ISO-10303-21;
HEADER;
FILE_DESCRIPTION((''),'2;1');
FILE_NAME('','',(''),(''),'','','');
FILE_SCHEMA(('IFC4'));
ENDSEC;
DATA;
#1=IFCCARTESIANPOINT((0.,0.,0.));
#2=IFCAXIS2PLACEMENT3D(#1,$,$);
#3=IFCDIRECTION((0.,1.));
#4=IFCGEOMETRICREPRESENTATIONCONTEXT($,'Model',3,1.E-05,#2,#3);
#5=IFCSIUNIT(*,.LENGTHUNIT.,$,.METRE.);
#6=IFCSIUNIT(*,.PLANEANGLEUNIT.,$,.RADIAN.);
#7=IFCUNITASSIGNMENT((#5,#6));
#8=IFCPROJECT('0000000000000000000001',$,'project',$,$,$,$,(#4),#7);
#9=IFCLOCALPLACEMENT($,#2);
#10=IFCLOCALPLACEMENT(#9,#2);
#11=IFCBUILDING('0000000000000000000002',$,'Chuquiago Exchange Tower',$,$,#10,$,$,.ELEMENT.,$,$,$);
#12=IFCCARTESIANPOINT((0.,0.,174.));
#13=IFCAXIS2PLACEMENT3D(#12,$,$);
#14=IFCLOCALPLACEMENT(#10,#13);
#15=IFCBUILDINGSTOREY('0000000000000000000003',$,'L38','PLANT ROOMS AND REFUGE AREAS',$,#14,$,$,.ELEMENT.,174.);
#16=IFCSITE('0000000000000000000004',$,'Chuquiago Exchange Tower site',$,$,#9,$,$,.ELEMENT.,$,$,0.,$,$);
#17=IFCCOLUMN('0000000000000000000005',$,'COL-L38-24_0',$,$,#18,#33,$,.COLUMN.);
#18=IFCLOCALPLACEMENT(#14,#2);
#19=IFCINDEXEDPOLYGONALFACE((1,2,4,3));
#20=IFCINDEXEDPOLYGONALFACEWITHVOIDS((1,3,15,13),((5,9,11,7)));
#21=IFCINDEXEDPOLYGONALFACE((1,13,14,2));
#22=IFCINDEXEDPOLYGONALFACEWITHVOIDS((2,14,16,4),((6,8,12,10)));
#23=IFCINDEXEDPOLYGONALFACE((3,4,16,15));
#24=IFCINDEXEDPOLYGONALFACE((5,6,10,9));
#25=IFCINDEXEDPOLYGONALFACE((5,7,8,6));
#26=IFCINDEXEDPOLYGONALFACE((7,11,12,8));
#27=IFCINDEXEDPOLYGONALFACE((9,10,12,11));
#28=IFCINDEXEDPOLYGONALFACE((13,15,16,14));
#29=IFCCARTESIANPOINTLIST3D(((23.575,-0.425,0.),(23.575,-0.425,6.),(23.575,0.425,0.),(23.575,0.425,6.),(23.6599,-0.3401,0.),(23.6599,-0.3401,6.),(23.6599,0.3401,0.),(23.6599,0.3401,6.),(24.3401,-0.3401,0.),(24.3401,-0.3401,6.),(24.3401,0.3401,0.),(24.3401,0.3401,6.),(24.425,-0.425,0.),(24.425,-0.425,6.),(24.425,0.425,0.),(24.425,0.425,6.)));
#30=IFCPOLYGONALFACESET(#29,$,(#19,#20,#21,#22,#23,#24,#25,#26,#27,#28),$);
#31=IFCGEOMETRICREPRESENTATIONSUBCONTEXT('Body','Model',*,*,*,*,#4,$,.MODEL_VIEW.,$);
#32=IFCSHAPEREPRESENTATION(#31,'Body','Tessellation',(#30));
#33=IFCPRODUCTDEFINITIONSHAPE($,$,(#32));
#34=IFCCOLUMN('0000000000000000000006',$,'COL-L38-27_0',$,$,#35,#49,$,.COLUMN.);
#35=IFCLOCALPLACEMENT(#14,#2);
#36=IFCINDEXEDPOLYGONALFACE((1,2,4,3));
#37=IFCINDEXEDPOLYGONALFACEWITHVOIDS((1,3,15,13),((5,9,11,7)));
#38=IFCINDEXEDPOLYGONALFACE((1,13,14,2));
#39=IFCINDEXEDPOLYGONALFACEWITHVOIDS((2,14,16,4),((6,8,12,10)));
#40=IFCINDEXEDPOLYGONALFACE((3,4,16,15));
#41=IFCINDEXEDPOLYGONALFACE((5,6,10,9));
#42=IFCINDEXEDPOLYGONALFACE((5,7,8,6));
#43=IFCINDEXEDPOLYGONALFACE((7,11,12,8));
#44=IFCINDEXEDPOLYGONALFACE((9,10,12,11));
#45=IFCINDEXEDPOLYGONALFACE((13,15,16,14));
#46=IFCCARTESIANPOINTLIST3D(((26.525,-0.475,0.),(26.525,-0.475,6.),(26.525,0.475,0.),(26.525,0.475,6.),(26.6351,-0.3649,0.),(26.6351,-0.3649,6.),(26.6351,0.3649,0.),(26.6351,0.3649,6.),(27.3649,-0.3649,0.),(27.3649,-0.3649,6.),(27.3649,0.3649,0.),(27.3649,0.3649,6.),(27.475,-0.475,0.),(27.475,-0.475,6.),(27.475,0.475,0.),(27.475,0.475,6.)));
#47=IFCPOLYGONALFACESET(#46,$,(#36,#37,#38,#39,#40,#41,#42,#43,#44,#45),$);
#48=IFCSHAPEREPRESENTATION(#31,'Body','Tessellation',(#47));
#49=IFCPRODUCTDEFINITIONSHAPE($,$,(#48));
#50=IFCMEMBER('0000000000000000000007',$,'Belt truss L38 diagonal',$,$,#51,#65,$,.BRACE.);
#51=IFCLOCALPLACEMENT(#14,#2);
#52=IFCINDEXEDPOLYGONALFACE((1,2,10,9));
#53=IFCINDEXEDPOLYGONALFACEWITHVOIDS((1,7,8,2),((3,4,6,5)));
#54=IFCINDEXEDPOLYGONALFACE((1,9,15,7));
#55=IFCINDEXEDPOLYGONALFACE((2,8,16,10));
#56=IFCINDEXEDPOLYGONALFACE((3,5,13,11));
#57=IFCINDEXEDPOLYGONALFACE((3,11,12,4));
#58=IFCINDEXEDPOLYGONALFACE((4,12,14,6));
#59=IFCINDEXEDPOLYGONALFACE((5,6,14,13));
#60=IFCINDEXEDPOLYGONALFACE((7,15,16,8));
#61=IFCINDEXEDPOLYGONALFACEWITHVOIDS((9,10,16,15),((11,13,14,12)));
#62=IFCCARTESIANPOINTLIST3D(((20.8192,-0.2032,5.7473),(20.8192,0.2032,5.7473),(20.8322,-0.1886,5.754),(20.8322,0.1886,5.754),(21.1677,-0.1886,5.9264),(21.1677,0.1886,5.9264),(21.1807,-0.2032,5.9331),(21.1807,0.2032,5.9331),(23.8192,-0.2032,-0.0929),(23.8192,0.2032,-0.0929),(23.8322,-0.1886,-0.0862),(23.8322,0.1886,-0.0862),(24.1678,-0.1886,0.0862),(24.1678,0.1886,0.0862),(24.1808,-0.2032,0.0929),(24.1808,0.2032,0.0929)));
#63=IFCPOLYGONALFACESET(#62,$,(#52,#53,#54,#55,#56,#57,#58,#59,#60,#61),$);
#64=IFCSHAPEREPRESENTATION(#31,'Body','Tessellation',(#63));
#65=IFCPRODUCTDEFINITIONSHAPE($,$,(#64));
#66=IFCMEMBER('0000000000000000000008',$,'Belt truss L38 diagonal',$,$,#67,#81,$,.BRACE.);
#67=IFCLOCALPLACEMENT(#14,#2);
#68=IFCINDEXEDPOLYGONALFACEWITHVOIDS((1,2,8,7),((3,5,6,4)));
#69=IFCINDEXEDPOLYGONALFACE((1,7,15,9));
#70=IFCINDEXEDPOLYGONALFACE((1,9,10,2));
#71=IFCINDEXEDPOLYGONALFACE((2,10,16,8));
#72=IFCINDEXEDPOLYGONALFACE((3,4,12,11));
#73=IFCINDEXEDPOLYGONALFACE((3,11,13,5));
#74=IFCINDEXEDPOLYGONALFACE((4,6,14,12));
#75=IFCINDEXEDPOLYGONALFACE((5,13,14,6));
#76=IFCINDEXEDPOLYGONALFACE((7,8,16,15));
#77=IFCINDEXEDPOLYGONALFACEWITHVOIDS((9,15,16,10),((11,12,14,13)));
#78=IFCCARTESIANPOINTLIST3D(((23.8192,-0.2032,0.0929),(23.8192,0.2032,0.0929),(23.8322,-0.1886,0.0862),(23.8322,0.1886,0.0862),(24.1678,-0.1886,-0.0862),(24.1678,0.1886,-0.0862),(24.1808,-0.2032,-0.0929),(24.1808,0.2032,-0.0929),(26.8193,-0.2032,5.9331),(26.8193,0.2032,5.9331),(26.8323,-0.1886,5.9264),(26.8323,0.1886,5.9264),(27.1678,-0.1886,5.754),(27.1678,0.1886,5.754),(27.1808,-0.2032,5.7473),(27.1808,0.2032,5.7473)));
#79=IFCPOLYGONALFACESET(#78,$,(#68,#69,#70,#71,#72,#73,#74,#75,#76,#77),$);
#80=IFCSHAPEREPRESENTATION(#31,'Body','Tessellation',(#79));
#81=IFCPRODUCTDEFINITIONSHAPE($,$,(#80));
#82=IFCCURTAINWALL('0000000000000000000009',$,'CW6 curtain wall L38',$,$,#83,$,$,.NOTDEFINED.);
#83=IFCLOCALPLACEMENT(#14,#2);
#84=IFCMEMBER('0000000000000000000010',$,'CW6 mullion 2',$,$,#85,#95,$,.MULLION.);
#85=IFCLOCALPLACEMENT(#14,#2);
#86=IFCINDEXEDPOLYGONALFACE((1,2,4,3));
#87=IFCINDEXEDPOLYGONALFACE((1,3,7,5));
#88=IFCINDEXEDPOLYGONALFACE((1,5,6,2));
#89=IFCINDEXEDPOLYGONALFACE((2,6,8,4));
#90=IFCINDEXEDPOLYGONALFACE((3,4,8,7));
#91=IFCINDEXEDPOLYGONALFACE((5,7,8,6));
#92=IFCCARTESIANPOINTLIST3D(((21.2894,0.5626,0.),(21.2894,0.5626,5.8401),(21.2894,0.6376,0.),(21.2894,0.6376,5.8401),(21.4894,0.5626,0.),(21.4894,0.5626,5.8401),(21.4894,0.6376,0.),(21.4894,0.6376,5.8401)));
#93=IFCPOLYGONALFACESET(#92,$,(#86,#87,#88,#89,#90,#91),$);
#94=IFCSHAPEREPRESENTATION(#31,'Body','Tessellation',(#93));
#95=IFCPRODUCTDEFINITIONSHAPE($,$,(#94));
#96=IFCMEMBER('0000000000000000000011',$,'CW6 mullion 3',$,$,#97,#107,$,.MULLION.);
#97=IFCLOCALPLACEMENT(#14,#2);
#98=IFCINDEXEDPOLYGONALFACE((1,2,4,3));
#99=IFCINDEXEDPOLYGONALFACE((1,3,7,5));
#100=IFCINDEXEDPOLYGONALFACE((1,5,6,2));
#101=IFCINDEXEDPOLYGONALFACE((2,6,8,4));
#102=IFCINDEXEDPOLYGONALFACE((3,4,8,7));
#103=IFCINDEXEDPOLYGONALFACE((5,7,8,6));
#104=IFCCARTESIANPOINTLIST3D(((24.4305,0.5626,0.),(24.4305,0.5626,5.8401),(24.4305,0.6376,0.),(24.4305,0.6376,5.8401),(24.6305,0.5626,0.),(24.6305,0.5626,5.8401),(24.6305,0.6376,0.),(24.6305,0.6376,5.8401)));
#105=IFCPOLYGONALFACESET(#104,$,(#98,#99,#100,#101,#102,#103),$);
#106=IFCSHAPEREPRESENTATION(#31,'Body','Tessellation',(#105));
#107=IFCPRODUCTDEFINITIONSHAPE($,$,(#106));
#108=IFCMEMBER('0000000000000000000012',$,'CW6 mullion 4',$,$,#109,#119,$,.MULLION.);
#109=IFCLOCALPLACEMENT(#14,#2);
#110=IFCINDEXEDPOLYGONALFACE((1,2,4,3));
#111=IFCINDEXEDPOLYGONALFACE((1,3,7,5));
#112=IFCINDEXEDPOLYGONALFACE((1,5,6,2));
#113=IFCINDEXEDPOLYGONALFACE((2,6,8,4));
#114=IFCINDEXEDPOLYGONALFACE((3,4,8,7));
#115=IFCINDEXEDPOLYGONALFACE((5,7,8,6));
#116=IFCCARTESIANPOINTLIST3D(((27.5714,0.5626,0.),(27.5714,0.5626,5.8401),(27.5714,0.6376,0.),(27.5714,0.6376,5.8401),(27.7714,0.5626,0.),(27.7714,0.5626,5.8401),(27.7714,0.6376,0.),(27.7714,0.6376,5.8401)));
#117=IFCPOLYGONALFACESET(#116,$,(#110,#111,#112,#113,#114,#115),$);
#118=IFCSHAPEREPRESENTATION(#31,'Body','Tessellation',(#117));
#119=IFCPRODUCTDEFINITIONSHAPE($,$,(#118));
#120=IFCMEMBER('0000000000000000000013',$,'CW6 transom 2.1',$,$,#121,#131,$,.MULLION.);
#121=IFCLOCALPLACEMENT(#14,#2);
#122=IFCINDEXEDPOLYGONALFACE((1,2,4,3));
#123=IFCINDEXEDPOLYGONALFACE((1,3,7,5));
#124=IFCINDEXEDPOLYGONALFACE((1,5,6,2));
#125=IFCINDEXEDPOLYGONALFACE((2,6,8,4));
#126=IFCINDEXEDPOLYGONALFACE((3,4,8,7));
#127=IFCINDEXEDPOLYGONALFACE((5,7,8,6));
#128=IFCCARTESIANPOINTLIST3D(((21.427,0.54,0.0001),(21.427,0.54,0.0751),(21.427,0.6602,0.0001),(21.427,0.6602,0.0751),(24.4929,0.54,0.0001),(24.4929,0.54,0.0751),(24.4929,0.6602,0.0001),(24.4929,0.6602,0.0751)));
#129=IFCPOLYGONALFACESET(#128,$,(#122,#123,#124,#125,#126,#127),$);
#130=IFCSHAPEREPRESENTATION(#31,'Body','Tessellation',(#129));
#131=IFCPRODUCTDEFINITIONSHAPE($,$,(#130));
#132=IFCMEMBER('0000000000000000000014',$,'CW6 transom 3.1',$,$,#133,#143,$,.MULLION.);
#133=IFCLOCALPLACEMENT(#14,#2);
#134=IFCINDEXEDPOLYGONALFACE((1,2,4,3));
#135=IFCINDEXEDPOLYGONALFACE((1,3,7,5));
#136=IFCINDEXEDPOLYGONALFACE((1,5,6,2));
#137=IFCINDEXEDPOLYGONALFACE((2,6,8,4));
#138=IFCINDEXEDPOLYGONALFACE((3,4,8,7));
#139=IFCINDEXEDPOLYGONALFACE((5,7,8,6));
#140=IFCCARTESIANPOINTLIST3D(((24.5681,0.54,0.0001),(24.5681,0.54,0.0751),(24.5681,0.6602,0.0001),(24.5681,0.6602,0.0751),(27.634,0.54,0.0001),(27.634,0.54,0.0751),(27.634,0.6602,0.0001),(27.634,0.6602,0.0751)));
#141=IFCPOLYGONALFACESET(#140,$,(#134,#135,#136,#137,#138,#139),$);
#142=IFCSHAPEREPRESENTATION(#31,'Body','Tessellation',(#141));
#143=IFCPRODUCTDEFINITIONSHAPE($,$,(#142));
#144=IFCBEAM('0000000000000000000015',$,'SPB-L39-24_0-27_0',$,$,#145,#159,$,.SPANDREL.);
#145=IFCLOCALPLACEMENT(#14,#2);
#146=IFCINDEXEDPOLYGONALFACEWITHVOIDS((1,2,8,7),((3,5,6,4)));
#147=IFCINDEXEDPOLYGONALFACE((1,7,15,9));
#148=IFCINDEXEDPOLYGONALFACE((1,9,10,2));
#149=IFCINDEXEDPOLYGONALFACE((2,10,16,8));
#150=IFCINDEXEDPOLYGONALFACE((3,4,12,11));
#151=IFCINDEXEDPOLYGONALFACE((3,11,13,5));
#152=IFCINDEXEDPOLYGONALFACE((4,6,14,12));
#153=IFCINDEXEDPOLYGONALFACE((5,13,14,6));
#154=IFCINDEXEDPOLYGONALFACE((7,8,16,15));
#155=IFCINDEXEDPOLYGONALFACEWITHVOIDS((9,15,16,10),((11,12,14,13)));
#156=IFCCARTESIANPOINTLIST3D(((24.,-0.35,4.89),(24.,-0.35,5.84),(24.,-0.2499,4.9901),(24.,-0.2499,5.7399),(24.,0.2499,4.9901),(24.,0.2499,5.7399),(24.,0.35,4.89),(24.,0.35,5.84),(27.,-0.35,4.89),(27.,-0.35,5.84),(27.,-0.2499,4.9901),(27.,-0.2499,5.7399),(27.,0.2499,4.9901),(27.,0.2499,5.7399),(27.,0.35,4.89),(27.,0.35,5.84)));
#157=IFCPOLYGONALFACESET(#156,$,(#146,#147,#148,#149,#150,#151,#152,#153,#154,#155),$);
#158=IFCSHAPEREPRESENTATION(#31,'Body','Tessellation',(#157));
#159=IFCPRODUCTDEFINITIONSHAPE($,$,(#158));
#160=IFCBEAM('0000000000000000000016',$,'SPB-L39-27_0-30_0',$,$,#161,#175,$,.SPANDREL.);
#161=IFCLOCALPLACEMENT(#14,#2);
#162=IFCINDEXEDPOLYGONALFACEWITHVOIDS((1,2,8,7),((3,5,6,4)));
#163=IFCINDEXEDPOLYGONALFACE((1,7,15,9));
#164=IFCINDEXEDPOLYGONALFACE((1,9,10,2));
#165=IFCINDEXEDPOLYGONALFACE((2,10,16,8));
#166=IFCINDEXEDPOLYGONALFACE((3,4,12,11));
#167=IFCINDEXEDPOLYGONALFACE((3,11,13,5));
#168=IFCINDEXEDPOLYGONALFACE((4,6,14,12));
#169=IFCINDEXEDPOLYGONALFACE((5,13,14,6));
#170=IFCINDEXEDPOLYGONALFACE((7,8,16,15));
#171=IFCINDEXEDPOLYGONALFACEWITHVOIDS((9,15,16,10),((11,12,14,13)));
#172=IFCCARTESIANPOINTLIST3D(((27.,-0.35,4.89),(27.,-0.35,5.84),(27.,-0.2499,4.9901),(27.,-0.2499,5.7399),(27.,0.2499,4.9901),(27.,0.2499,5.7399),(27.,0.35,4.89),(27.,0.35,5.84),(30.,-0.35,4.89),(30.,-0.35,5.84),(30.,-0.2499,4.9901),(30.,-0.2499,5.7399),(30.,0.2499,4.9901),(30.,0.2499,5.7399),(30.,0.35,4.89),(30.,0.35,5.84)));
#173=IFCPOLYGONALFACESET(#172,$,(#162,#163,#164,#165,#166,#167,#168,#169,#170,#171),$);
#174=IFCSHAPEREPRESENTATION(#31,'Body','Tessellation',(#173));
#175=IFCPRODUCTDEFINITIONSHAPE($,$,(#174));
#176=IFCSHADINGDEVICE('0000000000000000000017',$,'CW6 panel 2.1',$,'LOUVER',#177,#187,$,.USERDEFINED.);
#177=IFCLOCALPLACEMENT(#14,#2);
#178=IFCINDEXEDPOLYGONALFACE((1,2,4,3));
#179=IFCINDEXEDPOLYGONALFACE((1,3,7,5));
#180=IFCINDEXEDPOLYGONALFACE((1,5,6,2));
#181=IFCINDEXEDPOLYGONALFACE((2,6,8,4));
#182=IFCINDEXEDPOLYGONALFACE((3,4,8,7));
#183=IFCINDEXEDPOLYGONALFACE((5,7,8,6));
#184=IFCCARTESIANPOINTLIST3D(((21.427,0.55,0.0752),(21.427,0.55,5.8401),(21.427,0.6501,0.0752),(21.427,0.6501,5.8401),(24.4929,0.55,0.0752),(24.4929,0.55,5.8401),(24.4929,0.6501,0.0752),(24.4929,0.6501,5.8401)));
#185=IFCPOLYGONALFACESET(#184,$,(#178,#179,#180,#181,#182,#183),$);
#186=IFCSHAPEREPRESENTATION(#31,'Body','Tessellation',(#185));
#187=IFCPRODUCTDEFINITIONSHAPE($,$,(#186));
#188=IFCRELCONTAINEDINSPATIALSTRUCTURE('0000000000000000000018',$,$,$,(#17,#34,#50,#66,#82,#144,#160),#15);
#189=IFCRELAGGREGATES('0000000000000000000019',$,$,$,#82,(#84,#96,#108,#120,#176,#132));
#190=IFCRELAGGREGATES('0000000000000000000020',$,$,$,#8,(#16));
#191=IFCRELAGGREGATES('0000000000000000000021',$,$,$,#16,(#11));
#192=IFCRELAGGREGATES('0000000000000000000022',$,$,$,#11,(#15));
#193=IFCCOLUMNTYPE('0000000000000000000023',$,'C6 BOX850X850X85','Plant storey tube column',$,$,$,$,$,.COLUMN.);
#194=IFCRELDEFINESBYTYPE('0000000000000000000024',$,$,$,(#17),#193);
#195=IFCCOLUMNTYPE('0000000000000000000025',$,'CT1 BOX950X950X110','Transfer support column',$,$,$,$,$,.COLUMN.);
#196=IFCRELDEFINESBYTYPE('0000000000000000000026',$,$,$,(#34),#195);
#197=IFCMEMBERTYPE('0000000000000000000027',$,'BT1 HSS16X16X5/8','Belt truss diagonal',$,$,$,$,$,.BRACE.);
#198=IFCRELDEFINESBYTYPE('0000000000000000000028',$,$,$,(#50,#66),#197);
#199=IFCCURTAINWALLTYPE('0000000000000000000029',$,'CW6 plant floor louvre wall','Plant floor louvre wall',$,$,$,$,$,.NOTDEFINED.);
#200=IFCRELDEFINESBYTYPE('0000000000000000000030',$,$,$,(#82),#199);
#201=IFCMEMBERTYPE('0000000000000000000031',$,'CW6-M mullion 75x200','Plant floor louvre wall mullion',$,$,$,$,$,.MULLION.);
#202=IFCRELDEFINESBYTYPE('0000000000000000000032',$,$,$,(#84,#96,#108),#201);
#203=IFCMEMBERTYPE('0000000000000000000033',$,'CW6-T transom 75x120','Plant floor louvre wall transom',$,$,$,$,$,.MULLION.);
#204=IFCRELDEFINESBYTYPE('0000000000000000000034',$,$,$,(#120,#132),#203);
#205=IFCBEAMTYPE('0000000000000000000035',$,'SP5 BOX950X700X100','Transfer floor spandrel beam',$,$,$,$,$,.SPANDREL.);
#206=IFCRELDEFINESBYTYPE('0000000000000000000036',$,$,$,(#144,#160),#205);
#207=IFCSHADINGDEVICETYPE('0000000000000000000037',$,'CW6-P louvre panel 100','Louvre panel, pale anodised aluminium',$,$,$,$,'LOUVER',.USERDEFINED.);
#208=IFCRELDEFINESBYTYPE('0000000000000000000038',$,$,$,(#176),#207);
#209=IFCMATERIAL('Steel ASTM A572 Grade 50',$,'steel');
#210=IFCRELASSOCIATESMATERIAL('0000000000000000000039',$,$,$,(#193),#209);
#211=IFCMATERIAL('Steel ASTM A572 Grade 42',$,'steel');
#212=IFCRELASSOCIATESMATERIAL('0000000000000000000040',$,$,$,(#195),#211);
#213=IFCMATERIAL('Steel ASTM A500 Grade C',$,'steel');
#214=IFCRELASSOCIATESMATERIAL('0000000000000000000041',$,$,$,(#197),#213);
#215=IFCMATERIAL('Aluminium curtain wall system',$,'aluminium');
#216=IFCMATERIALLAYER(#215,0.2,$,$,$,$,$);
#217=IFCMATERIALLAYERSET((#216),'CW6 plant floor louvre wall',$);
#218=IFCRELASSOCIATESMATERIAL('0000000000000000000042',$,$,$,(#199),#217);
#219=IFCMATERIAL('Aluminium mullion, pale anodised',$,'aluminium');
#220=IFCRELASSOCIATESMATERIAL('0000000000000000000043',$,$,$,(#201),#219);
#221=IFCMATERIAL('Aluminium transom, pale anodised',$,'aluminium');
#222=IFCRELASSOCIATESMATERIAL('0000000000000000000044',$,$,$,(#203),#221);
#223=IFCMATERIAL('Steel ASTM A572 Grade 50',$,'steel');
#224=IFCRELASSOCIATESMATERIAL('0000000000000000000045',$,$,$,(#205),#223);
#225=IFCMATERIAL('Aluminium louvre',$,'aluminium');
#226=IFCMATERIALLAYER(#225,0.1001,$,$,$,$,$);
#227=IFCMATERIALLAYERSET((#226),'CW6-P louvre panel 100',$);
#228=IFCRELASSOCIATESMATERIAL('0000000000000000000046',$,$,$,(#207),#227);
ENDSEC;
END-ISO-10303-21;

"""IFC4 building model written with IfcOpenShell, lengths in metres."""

from ifc_helpers import new_model, si_unit, direction, frame, origin, origin_2d, place, context, subcontext, project, spatial, rectangle, hollow_rectangle, extrude, material, layer, layer_set, material_profile, profile_set, type_object, element, aggregate, save


model = new_model("IFC4")

# Units and contexts
model_context = context("Model", 3, precision=1e-05, world=origin(), true_north=direction((0.0, 1.0)))
body_context = subcontext(model_context, "Body", "Model", "MODEL_VIEW")
ifc_project = project(units=[si_unit("LENGTHUNIT", "METRE"), si_unit("PLANEANGLEUNIT", "RADIAN")], contexts=[model_context])

# Site, building, storey
site_placement = place(None, origin())
site = spatial("IfcSite", under=ifc_project, at=site_placement, Name="Chuquiago Exchange Tower site", CompositionType="ELEMENT", RefElevation=0.0)
building_placement = place(site_placement, origin())
building = spatial("IfcBuilding", under=site, at=building_placement, Name="Chuquiago Exchange Tower", CompositionType="ELEMENT")
storey_placement = place(building_placement, frame((0.0, 0.0, 174.0)))
storey = spatial("IfcBuildingStorey", under=building, at=storey_placement, Name="L38", Description="PLANT ROOMS AND REFUGE AREAS", CompositionType="ELEMENT", Elevation=174.0)

# Columns
ifc_material_1 = material(Name="Steel ASTM A572 Grade 50", Category="steel")
ifc_material_profile_1 = material_profile(ifc_material_1, hollow_rectangle(XDim=0.8501, YDim=0.8501, WallThickness=0.085, at=origin_2d()), Name="BOX850X850X85")
ifc_profile_set_1 = profile_set([ifc_material_profile_1], Name="Steel ASTM A572 Grade 50")
column_type_1 = type_object("IfcColumnType", Name="C6 BOX850X850X85", Description="Plant storey tube column", PredefinedType="COLUMN", material=ifc_profile_set_1)
column_1_placement = place(storey_placement, frame((24.0, 0.0, 0.0), z_axis=(0.0, 0.0, 1.0), x_axis=(0.0, -1.0, 0.0)))
element("IfcColumn", 1, at=column_1_placement, inside=storey, type_object=column_type_1, Name="COL-L38-24_0", PredefinedType="COLUMN", context=body_context, shape_type="SweptSolid", body=[
    extrude(hollow_rectangle(XDim=0.8501, YDim=0.8501, WallThickness=0.085, at=origin_2d()), origin(), (0.0, 0.0, 1.0), 6.0),
])
ifc_material_2 = material(Name="Steel ASTM A572 Grade 42", Category="steel")
ifc_material_profile_2 = material_profile(ifc_material_2, hollow_rectangle(XDim=0.95, YDim=0.95, WallThickness=0.1101, at=origin_2d()), Name="BOX950X950X110")
ifc_profile_set_2 = profile_set([ifc_material_profile_2], Name="Steel ASTM A572 Grade 42")
column_type_2 = type_object("IfcColumnType", Name="CT1 BOX950X950X110", Description="Transfer support column", PredefinedType="COLUMN", material=ifc_profile_set_2)
column_2_placement = place(storey_placement, frame((27.0, 0.0, 0.0), z_axis=(0.0, 0.0, 1.0), x_axis=(0.0, -1.0, 0.0)))
element("IfcColumn", 2, at=column_2_placement, inside=storey, type_object=column_type_2, Name="COL-L38-27_0", PredefinedType="COLUMN", context=body_context, shape_type="SweptSolid", body=[
    extrude(hollow_rectangle(XDim=0.95, YDim=0.95, WallThickness=0.1101, at=origin_2d()), origin(), (0.0, 0.0, 1.0), 6.0),
])

# Members
ifc_material_3 = material(Name="Steel ASTM A500 Grade C", Category="steel")
ifc_material_profile_3 = material_profile(ifc_material_3, hollow_rectangle(XDim=0.4065, YDim=0.4065, WallThickness=0.0146, at=origin_2d()), Name="HSS16X16X5/8")
ifc_profile_set_3 = profile_set([ifc_material_profile_3], Name="Steel ASTM A500 Grade C")
member_type_1 = type_object("IfcMemberType", Name="BT1 HSS16X16X5/8", Description="Belt truss diagonal", PredefinedType="BRACE", material=ifc_profile_set_3)
for number, where, z_axis, x_axis, name in (
    (3, (24.0, 0.0, 0.0), (-0.45693, 0.0, 0.889503), (0.0, -1.0, 0.0), "Belt truss L38 diagonal"),
    (4, (24.0, 0.0, 0.0), (0.45693, 0.0, 0.889503), (0.0, 1.0, 0.0), "Belt truss L38 diagonal"),
):
    element("IfcMember", number, at=place(storey_placement, frame(where, z_axis=z_axis, x_axis=x_axis)), inside=storey, type_object=member_type_1, Name=name, PredefinedType="BRACE", context=body_context, shape_type="SweptSolid", body=[
        extrude(hollow_rectangle(XDim=0.4065, YDim=0.4065, WallThickness=0.0146, at=origin_2d()), origin(), (0.0, 0.0, 1.0), 6.5657),
    ])

# Curtain wall, members
ifc_material_4 = material(Name="Aluminium curtain wall system", Category="aluminium")
ifc_layer_1 = layer(ifc_material_4, 0.2)
ifc_layer_set_1 = layer_set([ifc_layer_1], Name="CW6 plant floor louvre wall")
curtain_wall_type = type_object("IfcCurtainWallType", Name="CW6 plant floor louvre wall", Description="Plant floor louvre wall", PredefinedType="NOTDEFINED", material=ifc_layer_set_1)
curtain_wall_placement = place(storey_placement, origin())
curtain_wall = element("IfcCurtainWall", 5, at=curtain_wall_placement, inside=storey, type_object=curtain_wall_type, Name="CW6 curtain wall L38", PredefinedType="NOTDEFINED")
ifc_material_5 = material(Name="Aluminium mullion, pale anodised", Category="aluminium")
ifc_material_profile_4 = material_profile(ifc_material_5, rectangle(XDim=0.075, YDim=0.2, at=origin_2d()), Name="AL 75x200")
ifc_profile_set_4 = profile_set([ifc_material_profile_4], Name="Aluminium mullion, pale anodised")
member_type_2 = type_object("IfcMemberType", Name="CW6-M mullion 75x200", Description="Plant floor louvre wall mullion", PredefinedType="MULLION", material=ifc_profile_set_4)
member_1_placement = place(storey_placement, frame((21.3894, 0.6001, 0.0), z_axis=(0.0, 0.0, 1.0), x_axis=(0.0, 1.0, 0.0)))
member_1 = element("IfcMember", 6, at=member_1_placement, type_object=member_type_2, Name="CW6 mullion 2", PredefinedType="MULLION", context=body_context, shape_type="SweptSolid", body=[
    extrude(rectangle(XDim=0.075, YDim=0.2, at=origin_2d()), origin(), (0.0, 0.0, 1.0), 5.8401),
])
member_2_placement = place(storey_placement, frame((24.5305, 0.6001, 0.0), z_axis=(0.0, 0.0, 1.0), x_axis=(0.0, 1.0, 0.0)))
member_2 = element("IfcMember", 7, at=member_2_placement, type_object=member_type_2, Name="CW6 mullion 3", PredefinedType="MULLION", context=body_context, shape_type="SweptSolid", body=[
    extrude(rectangle(XDim=0.075, YDim=0.2, at=origin_2d()), origin(), (0.0, 0.0, 1.0), 5.8401),
])
member_3_placement = place(storey_placement, frame((27.6714, 0.6001, 0.0), z_axis=(0.0, 0.0, 1.0), x_axis=(0.0, 1.0, 0.0)))
member_3 = element("IfcMember", 8, at=member_3_placement, type_object=member_type_2, Name="CW6 mullion 4", PredefinedType="MULLION", context=body_context, shape_type="SweptSolid", body=[
    extrude(rectangle(XDim=0.075, YDim=0.2, at=origin_2d()), origin(), (0.0, 0.0, 1.0), 5.8401),
])
ifc_material_6 = material(Name="Aluminium transom, pale anodised", Category="aluminium")
ifc_material_profile_5 = material_profile(ifc_material_6, rectangle(XDim=0.1201, YDim=0.075, at=origin_2d()), Name="AL 120x75")
ifc_profile_set_5 = profile_set([ifc_material_profile_5], Name="Aluminium transom, pale anodised")
member_type_3 = type_object("IfcMemberType", Name="CW6-T transom 75x120", Description="Plant floor louvre wall transom", PredefinedType="MULLION", material=ifc_profile_set_5)
member_4_placement = place(storey_placement, frame((21.427, 0.6001, 0.0376), z_axis=(1.0, 0.0, 0.0), x_axis=(0.0, 1.0, 0.0)))
member_4 = element("IfcMember", 9, at=member_4_placement, type_object=member_type_3, Name="CW6 transom 2.1", PredefinedType="MULLION", context=body_context, shape_type="SweptSolid", body=[
    extrude(rectangle(XDim=0.1201, YDim=0.075, at=origin_2d()), origin(), (0.0, 0.0, 1.0), 3.0659),
])
member_5_placement = place(storey_placement, frame((24.5681, 0.6001, 0.0376), z_axis=(1.0, 0.0, 0.0), x_axis=(0.0, 1.0, 0.0)))
member_5 = element("IfcMember", 10, at=member_5_placement, type_object=member_type_3, Name="CW6 transom 3.1", PredefinedType="MULLION", context=body_context, shape_type="SweptSolid", body=[
    extrude(rectangle(XDim=0.1201, YDim=0.075, at=origin_2d()), origin(), (0.0, 0.0, 1.0), 3.0659),
])

# Beams
ifc_material_7 = material(Name="Steel ASTM A572 Grade 50", Category="steel")
ifc_material_profile_6 = material_profile(ifc_material_7, hollow_rectangle(XDim=0.7, YDim=0.95, WallThickness=0.1001, at=origin_2d()), Name="BOX950X700X100")
ifc_profile_set_6 = profile_set([ifc_material_profile_6], Name="Steel ASTM A572 Grade 50")
beam_type = type_object("IfcBeamType", Name="SP5 BOX950X700X100", Description="Transfer floor spandrel beam", PredefinedType="SPANDREL", material=ifc_profile_set_6)
for number, where, z_axis, x_axis, name in (
    (11, (24.0, 0.0, 5.365), (1.0, 0.0, 0.0), (0.0, 1.0, 0.0), "SPB-L39-24_0-27_0"),
    (12, (27.0, 0.0, 5.365), (1.0, 0.0, 0.0), (0.0, 1.0, 0.0), "SPB-L39-27_0-30_0"),
):
    element("IfcBeam", number, at=place(storey_placement, frame(where, z_axis=z_axis, x_axis=x_axis)), inside=storey, type_object=beam_type, Name=name, PredefinedType="SPANDREL", context=body_context, shape_type="SweptSolid", body=[
        extrude(hollow_rectangle(XDim=0.7, YDim=0.95, WallThickness=0.1001, at=origin_2d()), origin(), (0.0, 0.0, 1.0), 3.0),
    ])

# Shading device
ifc_material_8 = material(Name="Aluminium louvre", Category="aluminium")
ifc_layer_2 = layer(ifc_material_8, 0.1001)
ifc_layer_set_2 = layer_set([ifc_layer_2], Name="CW6-P louvre panel 100")
shading_device_type = type_object("IfcShadingDeviceType", Name="CW6-P louvre panel 100", Description="Louvre panel, pale anodised aluminium", ElementType="LOUVER", PredefinedType="USERDEFINED", material=ifc_layer_set_2)
shading_device_1_placement = place(storey_placement, frame((22.96, 0.6001, 0.0752), z_axis=(0.0, 0.0, 1.0), x_axis=(1.0, 0.0, 0.0)))
shading_device_1 = element("IfcShadingDevice", 13, at=shading_device_1_placement, type_object=shading_device_type, Name="CW6 panel 2.1", ObjectType="LOUVER", PredefinedType="USERDEFINED", context=body_context, shape_type="SweptSolid", body=[
    extrude(rectangle(XDim=3.0659, YDim=0.1001, at=origin_2d()), origin(), (0.0, 0.0, 1.0), 5.7649),
])
aggregate(curtain_wall, [member_1, member_2, member_3, member_4, shading_device_1, member_5])

save(model, "model.ifc")
